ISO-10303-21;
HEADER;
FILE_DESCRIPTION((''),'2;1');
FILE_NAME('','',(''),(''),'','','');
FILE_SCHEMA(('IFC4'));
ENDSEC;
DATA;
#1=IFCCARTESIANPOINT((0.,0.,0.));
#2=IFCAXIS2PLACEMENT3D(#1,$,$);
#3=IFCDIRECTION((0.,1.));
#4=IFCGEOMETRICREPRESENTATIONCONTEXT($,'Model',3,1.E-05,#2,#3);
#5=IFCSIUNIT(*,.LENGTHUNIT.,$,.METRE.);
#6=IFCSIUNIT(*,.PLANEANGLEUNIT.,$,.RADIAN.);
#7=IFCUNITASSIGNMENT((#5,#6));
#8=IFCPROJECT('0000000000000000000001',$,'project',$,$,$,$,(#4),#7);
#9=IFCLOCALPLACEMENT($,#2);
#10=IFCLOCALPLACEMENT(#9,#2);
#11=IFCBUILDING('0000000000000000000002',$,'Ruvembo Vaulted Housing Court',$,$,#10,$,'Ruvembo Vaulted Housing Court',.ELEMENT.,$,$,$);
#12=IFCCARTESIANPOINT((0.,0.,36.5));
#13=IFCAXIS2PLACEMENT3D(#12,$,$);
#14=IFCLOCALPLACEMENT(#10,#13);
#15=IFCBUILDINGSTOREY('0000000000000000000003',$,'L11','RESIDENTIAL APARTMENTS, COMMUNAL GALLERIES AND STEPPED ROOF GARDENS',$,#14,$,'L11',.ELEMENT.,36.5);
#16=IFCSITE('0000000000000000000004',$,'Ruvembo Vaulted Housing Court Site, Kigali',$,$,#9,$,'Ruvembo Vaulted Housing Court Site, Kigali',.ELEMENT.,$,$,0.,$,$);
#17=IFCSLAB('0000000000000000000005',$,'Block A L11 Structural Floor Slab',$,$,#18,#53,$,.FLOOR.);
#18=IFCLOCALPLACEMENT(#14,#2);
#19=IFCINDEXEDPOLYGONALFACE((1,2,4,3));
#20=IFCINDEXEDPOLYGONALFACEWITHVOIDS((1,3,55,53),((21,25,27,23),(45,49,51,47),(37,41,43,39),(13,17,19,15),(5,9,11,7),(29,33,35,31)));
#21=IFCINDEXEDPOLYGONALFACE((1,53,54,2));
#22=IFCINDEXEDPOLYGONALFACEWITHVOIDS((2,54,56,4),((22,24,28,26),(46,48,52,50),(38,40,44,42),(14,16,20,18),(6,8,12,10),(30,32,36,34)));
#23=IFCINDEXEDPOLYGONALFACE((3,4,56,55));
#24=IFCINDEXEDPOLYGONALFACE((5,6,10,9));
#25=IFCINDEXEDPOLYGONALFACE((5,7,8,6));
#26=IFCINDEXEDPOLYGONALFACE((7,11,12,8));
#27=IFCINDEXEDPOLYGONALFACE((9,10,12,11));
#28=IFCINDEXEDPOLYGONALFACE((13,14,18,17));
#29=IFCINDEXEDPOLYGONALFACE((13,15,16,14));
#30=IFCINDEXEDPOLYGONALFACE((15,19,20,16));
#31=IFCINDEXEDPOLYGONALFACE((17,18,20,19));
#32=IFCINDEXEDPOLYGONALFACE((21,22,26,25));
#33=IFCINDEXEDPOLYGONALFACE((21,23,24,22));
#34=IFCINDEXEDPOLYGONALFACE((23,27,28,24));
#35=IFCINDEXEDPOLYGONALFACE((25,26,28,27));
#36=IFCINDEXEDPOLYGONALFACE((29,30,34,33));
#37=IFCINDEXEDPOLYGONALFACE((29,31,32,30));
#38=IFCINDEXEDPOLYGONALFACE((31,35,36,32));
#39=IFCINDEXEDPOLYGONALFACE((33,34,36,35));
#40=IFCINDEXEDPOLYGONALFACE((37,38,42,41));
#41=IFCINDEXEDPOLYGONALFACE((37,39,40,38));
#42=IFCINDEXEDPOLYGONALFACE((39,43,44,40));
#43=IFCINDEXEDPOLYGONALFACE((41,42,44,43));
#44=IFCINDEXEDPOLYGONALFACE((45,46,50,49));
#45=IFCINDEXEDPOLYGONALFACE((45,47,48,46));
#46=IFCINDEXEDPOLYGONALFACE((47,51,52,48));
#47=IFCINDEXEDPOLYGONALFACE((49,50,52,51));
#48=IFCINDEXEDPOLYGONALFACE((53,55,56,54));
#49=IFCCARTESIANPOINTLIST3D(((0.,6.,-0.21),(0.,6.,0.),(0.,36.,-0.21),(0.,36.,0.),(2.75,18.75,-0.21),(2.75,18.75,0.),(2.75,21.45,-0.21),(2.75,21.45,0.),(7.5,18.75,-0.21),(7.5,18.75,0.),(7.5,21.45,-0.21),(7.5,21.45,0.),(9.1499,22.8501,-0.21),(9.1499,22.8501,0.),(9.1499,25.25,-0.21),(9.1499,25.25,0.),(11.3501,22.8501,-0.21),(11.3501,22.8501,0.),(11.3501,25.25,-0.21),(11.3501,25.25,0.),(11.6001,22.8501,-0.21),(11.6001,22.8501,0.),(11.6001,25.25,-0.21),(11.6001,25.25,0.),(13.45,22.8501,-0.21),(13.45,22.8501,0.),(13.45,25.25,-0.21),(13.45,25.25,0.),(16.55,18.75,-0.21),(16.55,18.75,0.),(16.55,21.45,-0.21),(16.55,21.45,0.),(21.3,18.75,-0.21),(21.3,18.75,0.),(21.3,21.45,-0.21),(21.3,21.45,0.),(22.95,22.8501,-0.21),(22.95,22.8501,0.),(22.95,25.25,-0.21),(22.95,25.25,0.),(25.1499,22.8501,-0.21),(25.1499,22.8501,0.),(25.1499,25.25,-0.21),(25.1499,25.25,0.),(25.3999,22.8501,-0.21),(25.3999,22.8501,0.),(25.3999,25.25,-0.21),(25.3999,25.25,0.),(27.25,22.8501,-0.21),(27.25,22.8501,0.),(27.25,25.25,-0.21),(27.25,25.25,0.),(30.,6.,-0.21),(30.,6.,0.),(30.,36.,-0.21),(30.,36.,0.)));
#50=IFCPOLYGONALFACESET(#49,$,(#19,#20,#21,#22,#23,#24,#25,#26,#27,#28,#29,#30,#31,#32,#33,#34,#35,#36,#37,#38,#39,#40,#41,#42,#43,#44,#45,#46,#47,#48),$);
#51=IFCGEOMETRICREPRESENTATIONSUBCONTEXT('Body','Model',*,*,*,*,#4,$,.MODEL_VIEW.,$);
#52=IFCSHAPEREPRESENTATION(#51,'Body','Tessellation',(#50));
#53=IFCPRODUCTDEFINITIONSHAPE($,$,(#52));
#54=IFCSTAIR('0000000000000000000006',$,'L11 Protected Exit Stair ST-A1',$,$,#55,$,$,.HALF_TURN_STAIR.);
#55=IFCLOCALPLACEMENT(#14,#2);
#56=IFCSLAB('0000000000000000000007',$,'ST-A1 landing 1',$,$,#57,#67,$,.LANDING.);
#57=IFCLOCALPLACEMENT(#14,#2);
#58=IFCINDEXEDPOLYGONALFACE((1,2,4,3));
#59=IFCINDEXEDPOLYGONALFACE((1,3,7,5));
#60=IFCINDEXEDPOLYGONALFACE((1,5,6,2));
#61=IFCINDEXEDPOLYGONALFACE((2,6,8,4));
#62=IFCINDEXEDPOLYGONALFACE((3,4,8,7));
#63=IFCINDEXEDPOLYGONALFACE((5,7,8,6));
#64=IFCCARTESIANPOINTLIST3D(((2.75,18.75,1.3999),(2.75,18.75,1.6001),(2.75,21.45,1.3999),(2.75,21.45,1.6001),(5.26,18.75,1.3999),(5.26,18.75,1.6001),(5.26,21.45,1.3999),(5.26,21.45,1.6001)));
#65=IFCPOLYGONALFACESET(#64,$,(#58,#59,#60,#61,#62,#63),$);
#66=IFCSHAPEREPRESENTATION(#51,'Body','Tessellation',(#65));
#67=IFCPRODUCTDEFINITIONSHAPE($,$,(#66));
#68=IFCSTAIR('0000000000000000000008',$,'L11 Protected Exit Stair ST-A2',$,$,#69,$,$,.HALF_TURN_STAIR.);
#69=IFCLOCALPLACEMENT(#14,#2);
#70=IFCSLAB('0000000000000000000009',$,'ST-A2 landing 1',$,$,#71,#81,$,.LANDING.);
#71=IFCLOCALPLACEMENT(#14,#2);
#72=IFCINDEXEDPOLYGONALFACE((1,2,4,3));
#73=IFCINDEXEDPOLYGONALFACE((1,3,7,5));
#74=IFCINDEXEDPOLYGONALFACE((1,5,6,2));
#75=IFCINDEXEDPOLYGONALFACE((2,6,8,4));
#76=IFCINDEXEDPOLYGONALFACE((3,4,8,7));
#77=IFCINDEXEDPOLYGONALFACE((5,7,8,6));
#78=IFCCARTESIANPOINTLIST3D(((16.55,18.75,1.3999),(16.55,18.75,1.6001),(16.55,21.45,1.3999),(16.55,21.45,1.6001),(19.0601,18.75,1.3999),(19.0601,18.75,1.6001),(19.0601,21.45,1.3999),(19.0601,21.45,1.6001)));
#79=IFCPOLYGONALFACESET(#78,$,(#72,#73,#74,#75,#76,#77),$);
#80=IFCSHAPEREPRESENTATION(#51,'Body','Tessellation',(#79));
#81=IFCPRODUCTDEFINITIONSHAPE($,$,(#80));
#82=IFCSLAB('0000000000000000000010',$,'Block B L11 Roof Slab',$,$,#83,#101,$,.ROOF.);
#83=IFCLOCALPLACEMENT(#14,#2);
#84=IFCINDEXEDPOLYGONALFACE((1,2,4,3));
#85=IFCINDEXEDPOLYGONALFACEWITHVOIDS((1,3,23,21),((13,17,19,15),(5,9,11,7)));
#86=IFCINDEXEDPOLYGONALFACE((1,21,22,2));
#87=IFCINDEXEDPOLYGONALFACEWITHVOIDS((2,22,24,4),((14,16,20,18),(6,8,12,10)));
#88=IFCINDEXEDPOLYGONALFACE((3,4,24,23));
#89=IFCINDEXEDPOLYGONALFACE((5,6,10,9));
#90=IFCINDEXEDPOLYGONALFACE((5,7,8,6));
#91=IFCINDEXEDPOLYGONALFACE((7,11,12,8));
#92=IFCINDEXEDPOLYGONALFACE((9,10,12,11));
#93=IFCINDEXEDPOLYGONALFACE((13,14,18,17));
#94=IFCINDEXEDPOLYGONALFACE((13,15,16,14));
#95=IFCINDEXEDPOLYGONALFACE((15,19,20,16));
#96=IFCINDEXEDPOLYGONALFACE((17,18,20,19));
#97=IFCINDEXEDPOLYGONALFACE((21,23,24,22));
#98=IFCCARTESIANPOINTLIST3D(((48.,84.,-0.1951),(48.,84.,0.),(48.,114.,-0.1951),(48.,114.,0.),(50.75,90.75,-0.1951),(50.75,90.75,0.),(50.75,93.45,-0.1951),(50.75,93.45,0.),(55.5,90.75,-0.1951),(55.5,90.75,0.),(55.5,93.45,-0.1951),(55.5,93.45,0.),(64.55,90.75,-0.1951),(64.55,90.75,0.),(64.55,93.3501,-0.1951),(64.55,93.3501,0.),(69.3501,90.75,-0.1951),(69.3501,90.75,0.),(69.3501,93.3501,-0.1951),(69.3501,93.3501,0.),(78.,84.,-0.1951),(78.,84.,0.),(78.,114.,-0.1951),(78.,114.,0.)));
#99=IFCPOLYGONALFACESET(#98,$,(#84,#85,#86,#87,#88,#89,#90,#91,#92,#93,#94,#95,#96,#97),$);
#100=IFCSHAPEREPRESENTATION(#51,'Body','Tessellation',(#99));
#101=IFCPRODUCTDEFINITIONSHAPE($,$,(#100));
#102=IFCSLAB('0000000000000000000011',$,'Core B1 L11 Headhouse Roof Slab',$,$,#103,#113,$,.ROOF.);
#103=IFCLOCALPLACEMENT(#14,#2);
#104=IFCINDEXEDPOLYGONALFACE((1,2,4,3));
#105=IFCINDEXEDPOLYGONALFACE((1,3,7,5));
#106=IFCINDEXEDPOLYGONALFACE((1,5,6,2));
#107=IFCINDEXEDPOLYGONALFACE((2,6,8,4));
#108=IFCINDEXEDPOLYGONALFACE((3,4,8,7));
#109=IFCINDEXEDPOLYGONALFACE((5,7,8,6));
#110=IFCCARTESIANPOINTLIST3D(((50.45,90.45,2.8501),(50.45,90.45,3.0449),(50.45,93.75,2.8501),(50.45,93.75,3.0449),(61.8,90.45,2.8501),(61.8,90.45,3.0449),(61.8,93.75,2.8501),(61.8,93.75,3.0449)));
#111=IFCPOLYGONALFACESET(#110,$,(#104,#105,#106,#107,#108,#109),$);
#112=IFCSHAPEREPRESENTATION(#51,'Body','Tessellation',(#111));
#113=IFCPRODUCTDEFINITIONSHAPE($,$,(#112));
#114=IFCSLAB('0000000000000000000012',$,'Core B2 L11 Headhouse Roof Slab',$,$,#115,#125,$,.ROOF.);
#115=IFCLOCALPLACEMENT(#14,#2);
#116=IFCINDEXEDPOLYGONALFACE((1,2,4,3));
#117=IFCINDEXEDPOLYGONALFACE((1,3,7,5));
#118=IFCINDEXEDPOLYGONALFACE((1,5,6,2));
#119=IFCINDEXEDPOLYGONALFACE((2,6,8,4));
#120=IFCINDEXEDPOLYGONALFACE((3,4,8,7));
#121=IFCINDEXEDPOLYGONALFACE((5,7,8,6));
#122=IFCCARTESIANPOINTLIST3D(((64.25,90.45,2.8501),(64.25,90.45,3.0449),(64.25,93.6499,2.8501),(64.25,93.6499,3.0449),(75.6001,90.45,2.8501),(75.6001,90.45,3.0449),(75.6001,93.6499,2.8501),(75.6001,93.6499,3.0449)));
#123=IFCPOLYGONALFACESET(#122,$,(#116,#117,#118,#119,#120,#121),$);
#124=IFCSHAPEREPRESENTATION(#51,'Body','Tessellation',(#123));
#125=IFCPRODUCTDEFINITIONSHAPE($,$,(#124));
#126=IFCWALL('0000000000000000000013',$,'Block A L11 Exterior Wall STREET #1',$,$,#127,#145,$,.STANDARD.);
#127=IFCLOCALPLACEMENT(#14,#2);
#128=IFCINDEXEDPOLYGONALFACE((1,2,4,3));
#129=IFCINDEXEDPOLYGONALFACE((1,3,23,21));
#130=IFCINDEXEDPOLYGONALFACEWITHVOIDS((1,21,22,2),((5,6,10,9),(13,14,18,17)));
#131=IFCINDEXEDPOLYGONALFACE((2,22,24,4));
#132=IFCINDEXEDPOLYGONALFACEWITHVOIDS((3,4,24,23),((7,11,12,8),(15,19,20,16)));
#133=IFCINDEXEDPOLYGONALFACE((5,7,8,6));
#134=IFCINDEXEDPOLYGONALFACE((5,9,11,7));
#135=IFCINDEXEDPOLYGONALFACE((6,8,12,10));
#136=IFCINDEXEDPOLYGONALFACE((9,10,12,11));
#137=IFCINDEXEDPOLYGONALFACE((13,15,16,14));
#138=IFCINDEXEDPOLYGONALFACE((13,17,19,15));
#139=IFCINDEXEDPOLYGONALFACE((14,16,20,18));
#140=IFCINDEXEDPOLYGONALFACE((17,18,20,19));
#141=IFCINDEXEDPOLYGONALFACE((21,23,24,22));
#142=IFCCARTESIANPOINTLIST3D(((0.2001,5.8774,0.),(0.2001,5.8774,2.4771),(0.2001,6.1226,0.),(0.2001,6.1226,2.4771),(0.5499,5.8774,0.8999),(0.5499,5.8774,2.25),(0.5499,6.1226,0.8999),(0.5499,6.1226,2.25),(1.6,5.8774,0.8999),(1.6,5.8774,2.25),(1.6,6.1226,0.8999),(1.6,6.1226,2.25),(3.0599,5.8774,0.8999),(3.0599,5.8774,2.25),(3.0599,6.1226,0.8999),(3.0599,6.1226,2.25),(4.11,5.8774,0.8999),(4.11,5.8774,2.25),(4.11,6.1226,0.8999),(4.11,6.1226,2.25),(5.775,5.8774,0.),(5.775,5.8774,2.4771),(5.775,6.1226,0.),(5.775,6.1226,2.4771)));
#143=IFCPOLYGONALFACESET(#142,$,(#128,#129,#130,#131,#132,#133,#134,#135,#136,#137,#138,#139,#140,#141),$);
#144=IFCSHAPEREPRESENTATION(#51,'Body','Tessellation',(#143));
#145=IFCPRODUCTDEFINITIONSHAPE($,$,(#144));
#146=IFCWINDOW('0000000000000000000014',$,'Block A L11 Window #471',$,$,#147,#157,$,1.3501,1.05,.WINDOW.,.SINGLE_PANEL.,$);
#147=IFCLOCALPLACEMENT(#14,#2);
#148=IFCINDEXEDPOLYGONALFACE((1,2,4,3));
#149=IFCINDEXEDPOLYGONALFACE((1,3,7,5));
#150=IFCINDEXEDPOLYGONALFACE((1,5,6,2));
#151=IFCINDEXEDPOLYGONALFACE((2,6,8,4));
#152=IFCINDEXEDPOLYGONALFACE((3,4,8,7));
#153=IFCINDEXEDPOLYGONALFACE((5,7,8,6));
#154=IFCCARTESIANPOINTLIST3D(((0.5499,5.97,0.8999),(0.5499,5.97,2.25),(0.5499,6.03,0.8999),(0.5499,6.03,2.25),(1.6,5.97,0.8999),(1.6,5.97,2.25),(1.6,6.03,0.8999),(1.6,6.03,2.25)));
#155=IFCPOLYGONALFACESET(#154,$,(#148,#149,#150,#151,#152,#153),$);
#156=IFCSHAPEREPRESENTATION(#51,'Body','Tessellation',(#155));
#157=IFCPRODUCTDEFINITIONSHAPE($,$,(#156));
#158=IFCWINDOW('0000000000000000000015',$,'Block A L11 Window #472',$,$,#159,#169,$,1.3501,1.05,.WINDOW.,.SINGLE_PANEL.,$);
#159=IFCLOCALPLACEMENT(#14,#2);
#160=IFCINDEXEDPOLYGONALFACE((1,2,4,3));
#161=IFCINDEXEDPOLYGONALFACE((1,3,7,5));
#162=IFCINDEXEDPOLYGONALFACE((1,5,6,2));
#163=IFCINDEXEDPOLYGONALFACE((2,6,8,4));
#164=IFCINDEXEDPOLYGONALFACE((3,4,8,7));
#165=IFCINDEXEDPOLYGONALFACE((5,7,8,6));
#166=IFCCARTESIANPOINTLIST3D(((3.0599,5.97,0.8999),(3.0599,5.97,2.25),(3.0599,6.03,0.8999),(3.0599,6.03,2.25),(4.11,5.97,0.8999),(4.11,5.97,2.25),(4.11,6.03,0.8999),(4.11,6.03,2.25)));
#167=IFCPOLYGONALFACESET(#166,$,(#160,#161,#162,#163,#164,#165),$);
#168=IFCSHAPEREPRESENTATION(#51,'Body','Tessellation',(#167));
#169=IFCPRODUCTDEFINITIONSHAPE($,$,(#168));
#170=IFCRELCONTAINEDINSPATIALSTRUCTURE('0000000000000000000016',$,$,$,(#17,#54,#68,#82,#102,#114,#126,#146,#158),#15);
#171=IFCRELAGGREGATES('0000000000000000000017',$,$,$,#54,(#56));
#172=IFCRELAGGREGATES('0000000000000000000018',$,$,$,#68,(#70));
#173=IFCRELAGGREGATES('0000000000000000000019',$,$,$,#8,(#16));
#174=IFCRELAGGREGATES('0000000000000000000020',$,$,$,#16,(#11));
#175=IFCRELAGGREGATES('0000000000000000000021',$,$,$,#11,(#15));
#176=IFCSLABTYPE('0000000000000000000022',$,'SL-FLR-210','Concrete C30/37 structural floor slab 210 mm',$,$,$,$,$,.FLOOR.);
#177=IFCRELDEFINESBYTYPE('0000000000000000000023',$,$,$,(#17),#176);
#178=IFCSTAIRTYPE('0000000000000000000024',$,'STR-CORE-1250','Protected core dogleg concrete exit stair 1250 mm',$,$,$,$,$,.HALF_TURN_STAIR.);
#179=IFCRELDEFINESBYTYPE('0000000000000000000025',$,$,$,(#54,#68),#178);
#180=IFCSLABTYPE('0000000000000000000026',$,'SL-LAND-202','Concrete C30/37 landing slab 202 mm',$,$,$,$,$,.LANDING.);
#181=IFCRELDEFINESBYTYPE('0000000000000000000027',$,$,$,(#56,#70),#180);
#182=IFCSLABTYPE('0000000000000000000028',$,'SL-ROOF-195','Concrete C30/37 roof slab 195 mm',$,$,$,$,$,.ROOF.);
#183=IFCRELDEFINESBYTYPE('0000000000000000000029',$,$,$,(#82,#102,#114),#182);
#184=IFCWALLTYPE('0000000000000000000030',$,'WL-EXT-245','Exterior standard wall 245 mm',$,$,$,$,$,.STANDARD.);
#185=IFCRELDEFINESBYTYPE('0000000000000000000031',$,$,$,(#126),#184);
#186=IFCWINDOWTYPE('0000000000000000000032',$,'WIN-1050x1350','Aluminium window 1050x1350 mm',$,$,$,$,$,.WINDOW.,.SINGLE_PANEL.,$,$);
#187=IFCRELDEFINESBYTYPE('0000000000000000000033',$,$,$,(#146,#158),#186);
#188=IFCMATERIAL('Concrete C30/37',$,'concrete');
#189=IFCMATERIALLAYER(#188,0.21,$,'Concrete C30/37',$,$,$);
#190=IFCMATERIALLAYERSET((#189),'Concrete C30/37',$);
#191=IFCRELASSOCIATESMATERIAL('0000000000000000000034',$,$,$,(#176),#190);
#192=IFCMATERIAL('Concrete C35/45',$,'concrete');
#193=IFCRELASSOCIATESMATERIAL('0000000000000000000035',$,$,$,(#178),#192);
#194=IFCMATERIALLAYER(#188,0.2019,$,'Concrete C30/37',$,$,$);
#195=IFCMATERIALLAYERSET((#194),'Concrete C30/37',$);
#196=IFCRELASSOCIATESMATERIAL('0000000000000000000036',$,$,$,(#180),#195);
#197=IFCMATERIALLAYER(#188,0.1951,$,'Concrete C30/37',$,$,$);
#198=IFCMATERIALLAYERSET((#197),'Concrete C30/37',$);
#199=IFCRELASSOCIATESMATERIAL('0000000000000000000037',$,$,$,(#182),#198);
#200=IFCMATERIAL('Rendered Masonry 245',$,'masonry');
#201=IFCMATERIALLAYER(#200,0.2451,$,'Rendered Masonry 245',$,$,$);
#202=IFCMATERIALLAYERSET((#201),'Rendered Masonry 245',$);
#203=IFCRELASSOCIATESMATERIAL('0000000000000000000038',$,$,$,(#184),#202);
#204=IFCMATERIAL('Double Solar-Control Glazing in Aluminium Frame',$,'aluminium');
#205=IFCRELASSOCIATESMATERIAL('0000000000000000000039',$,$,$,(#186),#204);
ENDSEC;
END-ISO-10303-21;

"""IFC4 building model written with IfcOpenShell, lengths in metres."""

from ifc_helpers import new_model, si_unit, direction, frame, frame_2d, origin, place, context, subcontext, project, spatial, polyline, rectangle, outline, extrude, material, layer, layer_set, type_object, element, fill, aggregate, save


model = new_model("IFC4")

# Units and contexts
model_context = context("Model", 3, precision=1e-05, world=origin(), true_north=direction((0.0, 1.0)))
body_context = subcontext(model_context, "Body", "Model", "MODEL_VIEW")
ifc_project = project(units=[si_unit("LENGTHUNIT", "METRE"), si_unit("PLANEANGLEUNIT", "RADIAN")], contexts=[model_context])

# Site, building, storey
site_placement = place(None, origin())
site = spatial("IfcSite", under=ifc_project, at=site_placement, Name="Ruvembo Vaulted Housing Court Site, Kigali", LongName="Ruvembo Vaulted Housing Court Site, Kigali", CompositionType="ELEMENT", RefElevation=0.0)
building_placement = place(site_placement, origin())
building = spatial("IfcBuilding", under=site, at=building_placement, Name="Ruvembo Vaulted Housing Court", LongName="Ruvembo Vaulted Housing Court", CompositionType="ELEMENT")
storey_placement = place(building_placement, frame((0.0, 0.0, 36.5)))
storey = spatial("IfcBuildingStorey", under=building, at=storey_placement, Name="L11", Description="RESIDENTIAL APARTMENTS, COMMUNAL GALLERIES AND STEPPED ROOF GARDENS", LongName="L11", CompositionType="ELEMENT", Elevation=36.5)

# Shared definitions
ifc_material_1 = material(Name="Concrete C35/45", Category="concrete")

# Shared definitions
ifc_material_2 = material(Name="Concrete C30/37", Category="concrete")

# Slab
ifc_layer_1 = layer(ifc_material_2, 0.21, Name="Concrete C30/37")
ifc_layer_set_1 = layer_set([ifc_layer_1], Name="Concrete C30/37")
slab_type_1 = type_object("IfcSlabType", Name="SL-FLR-210", Description="Concrete C30/37 structural floor slab 210 mm", PredefinedType="FLOOR", material=ifc_layer_set_1)
slab_1_placement = place(storey_placement, frame((0.0, 0.0, -0.21)))
element("IfcSlab", 1, at=slab_1_placement, inside=storey, type_object=slab_type_1, Name="Block A L11 Structural Floor Slab", PredefinedType="FLOOR", context=body_context, shape_type="SweptSolid", body=[
    extrude(outline(polyline([(30.0, 6.0), (30.0, 36.0), (0.0, 36.0), (0.0, 6.0), (30.0, 6.0)]), holes=[polyline([(7.5, 21.45), (2.75, 21.45), (2.75, 18.75), (7.5, 18.75), (7.5, 21.45)]), polyline([(9.1499, 22.8501), (11.3501, 22.8501), (11.3501, 25.25), (9.1499, 25.25), (9.1499, 22.8501)]), polyline([(11.6001, 22.8501), (13.45, 22.8501), (13.45, 25.25), (11.6001, 25.25), (11.6001, 22.8501)]), polyline([(21.3, 21.45), (16.55, 21.45), (16.55, 18.75), (21.3, 18.75), (21.3, 21.45)]), polyline([(22.95, 22.8501), (25.1499, 22.8501), (25.1499, 25.25), (22.95, 25.25), (22.95, 22.8501)]), polyline([(25.3999, 22.8501), (27.25, 22.8501), (27.25, 25.25), (25.3999, 25.25), (25.3999, 22.8501)])]), origin(), (0.0, 0.0, 1.0), 0.21),
])

# Stairs, slabs
stair_type = type_object("IfcStairType", Name="STR-CORE-1250", Description="Protected core dogleg concrete exit stair 1250 mm", PredefinedType="HALF_TURN_STAIR", material=ifc_material_1)
stair_1_placement = place(storey_placement, origin())
stair_1 = element("IfcStair", 2, at=stair_1_placement, inside=storey, type_object=stair_type, Name="L11 Protected Exit Stair ST-A1", PredefinedType="HALF_TURN_STAIR")
ifc_layer_2 = layer(ifc_material_2, 0.2019, Name="Concrete C30/37")
ifc_layer_set_2 = layer_set([ifc_layer_2], Name="Concrete C30/37")
slab_type_2 = type_object("IfcSlabType", Name="SL-LAND-202", Description="Concrete C30/37 landing slab 202 mm", PredefinedType="LANDING", material=ifc_layer_set_2)
slab_2_placement = place(storey_placement, frame((0.0, 0.0, 1.3999)))
slab_2 = element("IfcSlab", 3, at=slab_2_placement, type_object=slab_type_2, Name="ST-A1 landing 1", PredefinedType="LANDING", context=body_context, shape_type="SweptSolid", body=[
    extrude(outline(polyline([(5.26, 21.45), (2.75, 21.45), (2.75, 18.75), (5.26, 18.75), (5.26, 21.45)])), origin(), (0.0, 0.0, 1.0), 0.2002),
])
aggregate(stair_1, [slab_2])
stair_2_placement = place(storey_placement, origin())
stair_2 = element("IfcStair", 4, at=stair_2_placement, inside=storey, type_object=stair_type, Name="L11 Protected Exit Stair ST-A2", PredefinedType="HALF_TURN_STAIR")
slab_3_placement = place(storey_placement, frame((0.0, 0.0, 1.3999)))
slab_3 = element("IfcSlab", 5, at=slab_3_placement, type_object=slab_type_2, Name="ST-A2 landing 1", PredefinedType="LANDING", context=body_context, shape_type="SweptSolid", body=[
    extrude(outline(polyline([(19.0601, 21.45), (16.55, 21.45), (16.55, 18.75), (19.0601, 18.75), (19.0601, 21.45)])), origin(), (0.0, 0.0, 1.0), 0.2002),
])
aggregate(stair_2, [slab_3])

# Slabs
ifc_layer_3 = layer(ifc_material_2, 0.1951, Name="Concrete C30/37")
ifc_layer_set_3 = layer_set([ifc_layer_3], Name="Concrete C30/37")
slab_type_3 = type_object("IfcSlabType", Name="SL-ROOF-195", Description="Concrete C30/37 roof slab 195 mm", PredefinedType="ROOF", material=ifc_layer_set_3)
slab_4_placement = place(storey_placement, frame((0.0, 0.0, -0.1951)))
element("IfcSlab", 6, at=slab_4_placement, inside=storey, type_object=slab_type_3, Name="Block B L11 Roof Slab", PredefinedType="ROOF", context=body_context, shape_type="SweptSolid", body=[
    extrude(outline(polyline([(78.0, 84.0), (78.0, 114.0), (48.0, 114.0), (48.0, 84.0), (78.0, 84.0)]), holes=[polyline([(55.5, 93.45), (50.75, 93.45), (50.75, 90.75), (55.5, 90.75), (55.5, 93.45)]), polyline([(69.3501, 93.3501), (64.55, 93.3501), (64.55, 90.75), (69.3501, 90.75), (69.3501, 93.3501)])]), origin(), (0.0, 0.0, 1.0), 0.1951),
])
slab_5_placement = place(storey_placement, frame((0.0, 0.0, 2.8501)))
element("IfcSlab", 7, at=slab_5_placement, inside=storey, type_object=slab_type_3, Name="Core B1 L11 Headhouse Roof Slab", PredefinedType="ROOF", context=body_context, shape_type="SweptSolid", body=[
    extrude(outline(polyline([(50.45, 90.45), (61.8, 90.45), (61.8, 93.75), (50.45, 93.75), (50.45, 90.45)])), origin(), (0.0, 0.0, 1.0), 0.1948),
])
slab_6_placement = place(storey_placement, frame((0.0, 0.0, 2.8501)))
element("IfcSlab", 8, at=slab_6_placement, inside=storey, type_object=slab_type_3, Name="Core B2 L11 Headhouse Roof Slab", PredefinedType="ROOF", context=body_context, shape_type="SweptSolid", body=[
    extrude(outline(polyline([(64.25, 90.45), (75.6001, 90.45), (75.6001, 93.6499), (64.25, 93.6499), (64.25, 90.45)])), origin(), (0.0, 0.0, 1.0), 0.1948),
])

# Wall, openings, windows
ifc_material_3 = material(Name="Rendered Masonry 245", Category="masonry")
ifc_layer_4 = layer(ifc_material_3, 0.2451, Name="Rendered Masonry 245")
ifc_layer_set_4 = layer_set([ifc_layer_4], Name="Rendered Masonry 245")
wall_type_1 = type_object("IfcWallType", Name="WL-EXT-245", Description="Exterior standard wall 245 mm", PredefinedType="STANDARD", material=ifc_layer_set_4)
wall_1_placement = place(storey_placement, frame((0.2, 6.0, 0.0), z_axis=(0.0, 0.0, 1.0), x_axis=(1.0, 0.0, 0.0)))
wall_1 = element("IfcWall", 9, at=wall_1_placement, inside=storey, type_object=wall_type_1, Name="Block A L11 Exterior Wall STREET #1", PredefinedType="STANDARD", context=body_context, shape_type="SweptSolid", body=[
    extrude(rectangle(XDim=5.575, YDim=0.2451, at=frame_2d((2.7876, 0.0))), origin(), (0.0, 0.0, 1.0), 2.4771),
])
opening_1_placement = place(wall_1_placement, frame((0.3501, 0.0, 0.8999)))
opening_1 = element("IfcOpeningElement", 10, at=opening_1_placement, cuts=wall_1, PredefinedType="OPENING", context=body_context, shape_type="SweptSolid", body=[
    extrude(rectangle(XDim=1.05, YDim=1.3501, at=frame_2d((0.5249, 0.675))), frame((0.0, 0.1326, 0.0), z_axis=(0.0, -1.0, 0.0), x_axis=(1.0, 0.0, 0.0)), (0.0, 0.0, 1.0), 0.2651),
])
opening_2_placement = place(wall_1_placement, frame((2.8601, 0.0, 0.8999)))
opening_2 = element("IfcOpeningElement", 11, at=opening_2_placement, cuts=wall_1, PredefinedType="OPENING", context=body_context, shape_type="SweptSolid", body=[
    extrude(rectangle(XDim=1.05, YDim=1.3501, at=frame_2d((0.5249, 0.675))), frame((0.0, 0.1326, 0.0), z_axis=(0.0, -1.0, 0.0), x_axis=(1.0, 0.0, 0.0)), (0.0, 0.0, 1.0), 0.2651),
])
ifc_material_4 = material(Name="Double Solar-Control Glazing in Aluminium Frame", Category="aluminium")
window_type_1 = type_object("IfcWindowType", Name="WIN-1050x1350", Description="Aluminium window 1050x1350 mm", PartitioningType="SINGLE_PANEL", PredefinedType="WINDOW", material=ifc_material_4)
window_1_placement = place(opening_1_placement, origin())
window_1 = element("IfcWindow", 12, at=window_1_placement, inside=storey, type_object=window_type_1, Name="Block A L11 Window #471", OverallHeight=1.3501, OverallWidth=1.05, PartitioningType="SINGLE_PANEL", PredefinedType="WINDOW", context=body_context, shape_type="SweptSolid", body=[
    extrude(rectangle(XDim=1.05, YDim=1.3501, at=frame_2d((0.5249, 0.675))), frame((0.0, 0.03, 0.0), z_axis=(0.0, -1.0, 0.0), x_axis=(1.0, 0.0, 0.0)), (0.0, 0.0, 1.0), 0.0601),
])
fill(opening_1, window_1)
window_2_placement = place(opening_2_placement, origin())
window_2 = element("IfcWindow", 13, at=window_2_placement, inside=storey, type_object=window_type_1, Name="Block A L11 Window #472", OverallHeight=1.3501, OverallWidth=1.05, PartitioningType="SINGLE_PANEL", PredefinedType="WINDOW", context=body_context, shape_type="SweptSolid", body=[
    extrude(rectangle(XDim=1.05, YDim=1.3501, at=frame_2d((0.5249, 0.675))), frame((0.0, 0.03, 0.0), z_axis=(0.0, -1.0, 0.0), x_axis=(1.0, 0.0, 0.0)), (0.0, 0.0, 1.0), 0.0601),
])
fill(opening_2, window_2)

save(model, "model.ifc")
